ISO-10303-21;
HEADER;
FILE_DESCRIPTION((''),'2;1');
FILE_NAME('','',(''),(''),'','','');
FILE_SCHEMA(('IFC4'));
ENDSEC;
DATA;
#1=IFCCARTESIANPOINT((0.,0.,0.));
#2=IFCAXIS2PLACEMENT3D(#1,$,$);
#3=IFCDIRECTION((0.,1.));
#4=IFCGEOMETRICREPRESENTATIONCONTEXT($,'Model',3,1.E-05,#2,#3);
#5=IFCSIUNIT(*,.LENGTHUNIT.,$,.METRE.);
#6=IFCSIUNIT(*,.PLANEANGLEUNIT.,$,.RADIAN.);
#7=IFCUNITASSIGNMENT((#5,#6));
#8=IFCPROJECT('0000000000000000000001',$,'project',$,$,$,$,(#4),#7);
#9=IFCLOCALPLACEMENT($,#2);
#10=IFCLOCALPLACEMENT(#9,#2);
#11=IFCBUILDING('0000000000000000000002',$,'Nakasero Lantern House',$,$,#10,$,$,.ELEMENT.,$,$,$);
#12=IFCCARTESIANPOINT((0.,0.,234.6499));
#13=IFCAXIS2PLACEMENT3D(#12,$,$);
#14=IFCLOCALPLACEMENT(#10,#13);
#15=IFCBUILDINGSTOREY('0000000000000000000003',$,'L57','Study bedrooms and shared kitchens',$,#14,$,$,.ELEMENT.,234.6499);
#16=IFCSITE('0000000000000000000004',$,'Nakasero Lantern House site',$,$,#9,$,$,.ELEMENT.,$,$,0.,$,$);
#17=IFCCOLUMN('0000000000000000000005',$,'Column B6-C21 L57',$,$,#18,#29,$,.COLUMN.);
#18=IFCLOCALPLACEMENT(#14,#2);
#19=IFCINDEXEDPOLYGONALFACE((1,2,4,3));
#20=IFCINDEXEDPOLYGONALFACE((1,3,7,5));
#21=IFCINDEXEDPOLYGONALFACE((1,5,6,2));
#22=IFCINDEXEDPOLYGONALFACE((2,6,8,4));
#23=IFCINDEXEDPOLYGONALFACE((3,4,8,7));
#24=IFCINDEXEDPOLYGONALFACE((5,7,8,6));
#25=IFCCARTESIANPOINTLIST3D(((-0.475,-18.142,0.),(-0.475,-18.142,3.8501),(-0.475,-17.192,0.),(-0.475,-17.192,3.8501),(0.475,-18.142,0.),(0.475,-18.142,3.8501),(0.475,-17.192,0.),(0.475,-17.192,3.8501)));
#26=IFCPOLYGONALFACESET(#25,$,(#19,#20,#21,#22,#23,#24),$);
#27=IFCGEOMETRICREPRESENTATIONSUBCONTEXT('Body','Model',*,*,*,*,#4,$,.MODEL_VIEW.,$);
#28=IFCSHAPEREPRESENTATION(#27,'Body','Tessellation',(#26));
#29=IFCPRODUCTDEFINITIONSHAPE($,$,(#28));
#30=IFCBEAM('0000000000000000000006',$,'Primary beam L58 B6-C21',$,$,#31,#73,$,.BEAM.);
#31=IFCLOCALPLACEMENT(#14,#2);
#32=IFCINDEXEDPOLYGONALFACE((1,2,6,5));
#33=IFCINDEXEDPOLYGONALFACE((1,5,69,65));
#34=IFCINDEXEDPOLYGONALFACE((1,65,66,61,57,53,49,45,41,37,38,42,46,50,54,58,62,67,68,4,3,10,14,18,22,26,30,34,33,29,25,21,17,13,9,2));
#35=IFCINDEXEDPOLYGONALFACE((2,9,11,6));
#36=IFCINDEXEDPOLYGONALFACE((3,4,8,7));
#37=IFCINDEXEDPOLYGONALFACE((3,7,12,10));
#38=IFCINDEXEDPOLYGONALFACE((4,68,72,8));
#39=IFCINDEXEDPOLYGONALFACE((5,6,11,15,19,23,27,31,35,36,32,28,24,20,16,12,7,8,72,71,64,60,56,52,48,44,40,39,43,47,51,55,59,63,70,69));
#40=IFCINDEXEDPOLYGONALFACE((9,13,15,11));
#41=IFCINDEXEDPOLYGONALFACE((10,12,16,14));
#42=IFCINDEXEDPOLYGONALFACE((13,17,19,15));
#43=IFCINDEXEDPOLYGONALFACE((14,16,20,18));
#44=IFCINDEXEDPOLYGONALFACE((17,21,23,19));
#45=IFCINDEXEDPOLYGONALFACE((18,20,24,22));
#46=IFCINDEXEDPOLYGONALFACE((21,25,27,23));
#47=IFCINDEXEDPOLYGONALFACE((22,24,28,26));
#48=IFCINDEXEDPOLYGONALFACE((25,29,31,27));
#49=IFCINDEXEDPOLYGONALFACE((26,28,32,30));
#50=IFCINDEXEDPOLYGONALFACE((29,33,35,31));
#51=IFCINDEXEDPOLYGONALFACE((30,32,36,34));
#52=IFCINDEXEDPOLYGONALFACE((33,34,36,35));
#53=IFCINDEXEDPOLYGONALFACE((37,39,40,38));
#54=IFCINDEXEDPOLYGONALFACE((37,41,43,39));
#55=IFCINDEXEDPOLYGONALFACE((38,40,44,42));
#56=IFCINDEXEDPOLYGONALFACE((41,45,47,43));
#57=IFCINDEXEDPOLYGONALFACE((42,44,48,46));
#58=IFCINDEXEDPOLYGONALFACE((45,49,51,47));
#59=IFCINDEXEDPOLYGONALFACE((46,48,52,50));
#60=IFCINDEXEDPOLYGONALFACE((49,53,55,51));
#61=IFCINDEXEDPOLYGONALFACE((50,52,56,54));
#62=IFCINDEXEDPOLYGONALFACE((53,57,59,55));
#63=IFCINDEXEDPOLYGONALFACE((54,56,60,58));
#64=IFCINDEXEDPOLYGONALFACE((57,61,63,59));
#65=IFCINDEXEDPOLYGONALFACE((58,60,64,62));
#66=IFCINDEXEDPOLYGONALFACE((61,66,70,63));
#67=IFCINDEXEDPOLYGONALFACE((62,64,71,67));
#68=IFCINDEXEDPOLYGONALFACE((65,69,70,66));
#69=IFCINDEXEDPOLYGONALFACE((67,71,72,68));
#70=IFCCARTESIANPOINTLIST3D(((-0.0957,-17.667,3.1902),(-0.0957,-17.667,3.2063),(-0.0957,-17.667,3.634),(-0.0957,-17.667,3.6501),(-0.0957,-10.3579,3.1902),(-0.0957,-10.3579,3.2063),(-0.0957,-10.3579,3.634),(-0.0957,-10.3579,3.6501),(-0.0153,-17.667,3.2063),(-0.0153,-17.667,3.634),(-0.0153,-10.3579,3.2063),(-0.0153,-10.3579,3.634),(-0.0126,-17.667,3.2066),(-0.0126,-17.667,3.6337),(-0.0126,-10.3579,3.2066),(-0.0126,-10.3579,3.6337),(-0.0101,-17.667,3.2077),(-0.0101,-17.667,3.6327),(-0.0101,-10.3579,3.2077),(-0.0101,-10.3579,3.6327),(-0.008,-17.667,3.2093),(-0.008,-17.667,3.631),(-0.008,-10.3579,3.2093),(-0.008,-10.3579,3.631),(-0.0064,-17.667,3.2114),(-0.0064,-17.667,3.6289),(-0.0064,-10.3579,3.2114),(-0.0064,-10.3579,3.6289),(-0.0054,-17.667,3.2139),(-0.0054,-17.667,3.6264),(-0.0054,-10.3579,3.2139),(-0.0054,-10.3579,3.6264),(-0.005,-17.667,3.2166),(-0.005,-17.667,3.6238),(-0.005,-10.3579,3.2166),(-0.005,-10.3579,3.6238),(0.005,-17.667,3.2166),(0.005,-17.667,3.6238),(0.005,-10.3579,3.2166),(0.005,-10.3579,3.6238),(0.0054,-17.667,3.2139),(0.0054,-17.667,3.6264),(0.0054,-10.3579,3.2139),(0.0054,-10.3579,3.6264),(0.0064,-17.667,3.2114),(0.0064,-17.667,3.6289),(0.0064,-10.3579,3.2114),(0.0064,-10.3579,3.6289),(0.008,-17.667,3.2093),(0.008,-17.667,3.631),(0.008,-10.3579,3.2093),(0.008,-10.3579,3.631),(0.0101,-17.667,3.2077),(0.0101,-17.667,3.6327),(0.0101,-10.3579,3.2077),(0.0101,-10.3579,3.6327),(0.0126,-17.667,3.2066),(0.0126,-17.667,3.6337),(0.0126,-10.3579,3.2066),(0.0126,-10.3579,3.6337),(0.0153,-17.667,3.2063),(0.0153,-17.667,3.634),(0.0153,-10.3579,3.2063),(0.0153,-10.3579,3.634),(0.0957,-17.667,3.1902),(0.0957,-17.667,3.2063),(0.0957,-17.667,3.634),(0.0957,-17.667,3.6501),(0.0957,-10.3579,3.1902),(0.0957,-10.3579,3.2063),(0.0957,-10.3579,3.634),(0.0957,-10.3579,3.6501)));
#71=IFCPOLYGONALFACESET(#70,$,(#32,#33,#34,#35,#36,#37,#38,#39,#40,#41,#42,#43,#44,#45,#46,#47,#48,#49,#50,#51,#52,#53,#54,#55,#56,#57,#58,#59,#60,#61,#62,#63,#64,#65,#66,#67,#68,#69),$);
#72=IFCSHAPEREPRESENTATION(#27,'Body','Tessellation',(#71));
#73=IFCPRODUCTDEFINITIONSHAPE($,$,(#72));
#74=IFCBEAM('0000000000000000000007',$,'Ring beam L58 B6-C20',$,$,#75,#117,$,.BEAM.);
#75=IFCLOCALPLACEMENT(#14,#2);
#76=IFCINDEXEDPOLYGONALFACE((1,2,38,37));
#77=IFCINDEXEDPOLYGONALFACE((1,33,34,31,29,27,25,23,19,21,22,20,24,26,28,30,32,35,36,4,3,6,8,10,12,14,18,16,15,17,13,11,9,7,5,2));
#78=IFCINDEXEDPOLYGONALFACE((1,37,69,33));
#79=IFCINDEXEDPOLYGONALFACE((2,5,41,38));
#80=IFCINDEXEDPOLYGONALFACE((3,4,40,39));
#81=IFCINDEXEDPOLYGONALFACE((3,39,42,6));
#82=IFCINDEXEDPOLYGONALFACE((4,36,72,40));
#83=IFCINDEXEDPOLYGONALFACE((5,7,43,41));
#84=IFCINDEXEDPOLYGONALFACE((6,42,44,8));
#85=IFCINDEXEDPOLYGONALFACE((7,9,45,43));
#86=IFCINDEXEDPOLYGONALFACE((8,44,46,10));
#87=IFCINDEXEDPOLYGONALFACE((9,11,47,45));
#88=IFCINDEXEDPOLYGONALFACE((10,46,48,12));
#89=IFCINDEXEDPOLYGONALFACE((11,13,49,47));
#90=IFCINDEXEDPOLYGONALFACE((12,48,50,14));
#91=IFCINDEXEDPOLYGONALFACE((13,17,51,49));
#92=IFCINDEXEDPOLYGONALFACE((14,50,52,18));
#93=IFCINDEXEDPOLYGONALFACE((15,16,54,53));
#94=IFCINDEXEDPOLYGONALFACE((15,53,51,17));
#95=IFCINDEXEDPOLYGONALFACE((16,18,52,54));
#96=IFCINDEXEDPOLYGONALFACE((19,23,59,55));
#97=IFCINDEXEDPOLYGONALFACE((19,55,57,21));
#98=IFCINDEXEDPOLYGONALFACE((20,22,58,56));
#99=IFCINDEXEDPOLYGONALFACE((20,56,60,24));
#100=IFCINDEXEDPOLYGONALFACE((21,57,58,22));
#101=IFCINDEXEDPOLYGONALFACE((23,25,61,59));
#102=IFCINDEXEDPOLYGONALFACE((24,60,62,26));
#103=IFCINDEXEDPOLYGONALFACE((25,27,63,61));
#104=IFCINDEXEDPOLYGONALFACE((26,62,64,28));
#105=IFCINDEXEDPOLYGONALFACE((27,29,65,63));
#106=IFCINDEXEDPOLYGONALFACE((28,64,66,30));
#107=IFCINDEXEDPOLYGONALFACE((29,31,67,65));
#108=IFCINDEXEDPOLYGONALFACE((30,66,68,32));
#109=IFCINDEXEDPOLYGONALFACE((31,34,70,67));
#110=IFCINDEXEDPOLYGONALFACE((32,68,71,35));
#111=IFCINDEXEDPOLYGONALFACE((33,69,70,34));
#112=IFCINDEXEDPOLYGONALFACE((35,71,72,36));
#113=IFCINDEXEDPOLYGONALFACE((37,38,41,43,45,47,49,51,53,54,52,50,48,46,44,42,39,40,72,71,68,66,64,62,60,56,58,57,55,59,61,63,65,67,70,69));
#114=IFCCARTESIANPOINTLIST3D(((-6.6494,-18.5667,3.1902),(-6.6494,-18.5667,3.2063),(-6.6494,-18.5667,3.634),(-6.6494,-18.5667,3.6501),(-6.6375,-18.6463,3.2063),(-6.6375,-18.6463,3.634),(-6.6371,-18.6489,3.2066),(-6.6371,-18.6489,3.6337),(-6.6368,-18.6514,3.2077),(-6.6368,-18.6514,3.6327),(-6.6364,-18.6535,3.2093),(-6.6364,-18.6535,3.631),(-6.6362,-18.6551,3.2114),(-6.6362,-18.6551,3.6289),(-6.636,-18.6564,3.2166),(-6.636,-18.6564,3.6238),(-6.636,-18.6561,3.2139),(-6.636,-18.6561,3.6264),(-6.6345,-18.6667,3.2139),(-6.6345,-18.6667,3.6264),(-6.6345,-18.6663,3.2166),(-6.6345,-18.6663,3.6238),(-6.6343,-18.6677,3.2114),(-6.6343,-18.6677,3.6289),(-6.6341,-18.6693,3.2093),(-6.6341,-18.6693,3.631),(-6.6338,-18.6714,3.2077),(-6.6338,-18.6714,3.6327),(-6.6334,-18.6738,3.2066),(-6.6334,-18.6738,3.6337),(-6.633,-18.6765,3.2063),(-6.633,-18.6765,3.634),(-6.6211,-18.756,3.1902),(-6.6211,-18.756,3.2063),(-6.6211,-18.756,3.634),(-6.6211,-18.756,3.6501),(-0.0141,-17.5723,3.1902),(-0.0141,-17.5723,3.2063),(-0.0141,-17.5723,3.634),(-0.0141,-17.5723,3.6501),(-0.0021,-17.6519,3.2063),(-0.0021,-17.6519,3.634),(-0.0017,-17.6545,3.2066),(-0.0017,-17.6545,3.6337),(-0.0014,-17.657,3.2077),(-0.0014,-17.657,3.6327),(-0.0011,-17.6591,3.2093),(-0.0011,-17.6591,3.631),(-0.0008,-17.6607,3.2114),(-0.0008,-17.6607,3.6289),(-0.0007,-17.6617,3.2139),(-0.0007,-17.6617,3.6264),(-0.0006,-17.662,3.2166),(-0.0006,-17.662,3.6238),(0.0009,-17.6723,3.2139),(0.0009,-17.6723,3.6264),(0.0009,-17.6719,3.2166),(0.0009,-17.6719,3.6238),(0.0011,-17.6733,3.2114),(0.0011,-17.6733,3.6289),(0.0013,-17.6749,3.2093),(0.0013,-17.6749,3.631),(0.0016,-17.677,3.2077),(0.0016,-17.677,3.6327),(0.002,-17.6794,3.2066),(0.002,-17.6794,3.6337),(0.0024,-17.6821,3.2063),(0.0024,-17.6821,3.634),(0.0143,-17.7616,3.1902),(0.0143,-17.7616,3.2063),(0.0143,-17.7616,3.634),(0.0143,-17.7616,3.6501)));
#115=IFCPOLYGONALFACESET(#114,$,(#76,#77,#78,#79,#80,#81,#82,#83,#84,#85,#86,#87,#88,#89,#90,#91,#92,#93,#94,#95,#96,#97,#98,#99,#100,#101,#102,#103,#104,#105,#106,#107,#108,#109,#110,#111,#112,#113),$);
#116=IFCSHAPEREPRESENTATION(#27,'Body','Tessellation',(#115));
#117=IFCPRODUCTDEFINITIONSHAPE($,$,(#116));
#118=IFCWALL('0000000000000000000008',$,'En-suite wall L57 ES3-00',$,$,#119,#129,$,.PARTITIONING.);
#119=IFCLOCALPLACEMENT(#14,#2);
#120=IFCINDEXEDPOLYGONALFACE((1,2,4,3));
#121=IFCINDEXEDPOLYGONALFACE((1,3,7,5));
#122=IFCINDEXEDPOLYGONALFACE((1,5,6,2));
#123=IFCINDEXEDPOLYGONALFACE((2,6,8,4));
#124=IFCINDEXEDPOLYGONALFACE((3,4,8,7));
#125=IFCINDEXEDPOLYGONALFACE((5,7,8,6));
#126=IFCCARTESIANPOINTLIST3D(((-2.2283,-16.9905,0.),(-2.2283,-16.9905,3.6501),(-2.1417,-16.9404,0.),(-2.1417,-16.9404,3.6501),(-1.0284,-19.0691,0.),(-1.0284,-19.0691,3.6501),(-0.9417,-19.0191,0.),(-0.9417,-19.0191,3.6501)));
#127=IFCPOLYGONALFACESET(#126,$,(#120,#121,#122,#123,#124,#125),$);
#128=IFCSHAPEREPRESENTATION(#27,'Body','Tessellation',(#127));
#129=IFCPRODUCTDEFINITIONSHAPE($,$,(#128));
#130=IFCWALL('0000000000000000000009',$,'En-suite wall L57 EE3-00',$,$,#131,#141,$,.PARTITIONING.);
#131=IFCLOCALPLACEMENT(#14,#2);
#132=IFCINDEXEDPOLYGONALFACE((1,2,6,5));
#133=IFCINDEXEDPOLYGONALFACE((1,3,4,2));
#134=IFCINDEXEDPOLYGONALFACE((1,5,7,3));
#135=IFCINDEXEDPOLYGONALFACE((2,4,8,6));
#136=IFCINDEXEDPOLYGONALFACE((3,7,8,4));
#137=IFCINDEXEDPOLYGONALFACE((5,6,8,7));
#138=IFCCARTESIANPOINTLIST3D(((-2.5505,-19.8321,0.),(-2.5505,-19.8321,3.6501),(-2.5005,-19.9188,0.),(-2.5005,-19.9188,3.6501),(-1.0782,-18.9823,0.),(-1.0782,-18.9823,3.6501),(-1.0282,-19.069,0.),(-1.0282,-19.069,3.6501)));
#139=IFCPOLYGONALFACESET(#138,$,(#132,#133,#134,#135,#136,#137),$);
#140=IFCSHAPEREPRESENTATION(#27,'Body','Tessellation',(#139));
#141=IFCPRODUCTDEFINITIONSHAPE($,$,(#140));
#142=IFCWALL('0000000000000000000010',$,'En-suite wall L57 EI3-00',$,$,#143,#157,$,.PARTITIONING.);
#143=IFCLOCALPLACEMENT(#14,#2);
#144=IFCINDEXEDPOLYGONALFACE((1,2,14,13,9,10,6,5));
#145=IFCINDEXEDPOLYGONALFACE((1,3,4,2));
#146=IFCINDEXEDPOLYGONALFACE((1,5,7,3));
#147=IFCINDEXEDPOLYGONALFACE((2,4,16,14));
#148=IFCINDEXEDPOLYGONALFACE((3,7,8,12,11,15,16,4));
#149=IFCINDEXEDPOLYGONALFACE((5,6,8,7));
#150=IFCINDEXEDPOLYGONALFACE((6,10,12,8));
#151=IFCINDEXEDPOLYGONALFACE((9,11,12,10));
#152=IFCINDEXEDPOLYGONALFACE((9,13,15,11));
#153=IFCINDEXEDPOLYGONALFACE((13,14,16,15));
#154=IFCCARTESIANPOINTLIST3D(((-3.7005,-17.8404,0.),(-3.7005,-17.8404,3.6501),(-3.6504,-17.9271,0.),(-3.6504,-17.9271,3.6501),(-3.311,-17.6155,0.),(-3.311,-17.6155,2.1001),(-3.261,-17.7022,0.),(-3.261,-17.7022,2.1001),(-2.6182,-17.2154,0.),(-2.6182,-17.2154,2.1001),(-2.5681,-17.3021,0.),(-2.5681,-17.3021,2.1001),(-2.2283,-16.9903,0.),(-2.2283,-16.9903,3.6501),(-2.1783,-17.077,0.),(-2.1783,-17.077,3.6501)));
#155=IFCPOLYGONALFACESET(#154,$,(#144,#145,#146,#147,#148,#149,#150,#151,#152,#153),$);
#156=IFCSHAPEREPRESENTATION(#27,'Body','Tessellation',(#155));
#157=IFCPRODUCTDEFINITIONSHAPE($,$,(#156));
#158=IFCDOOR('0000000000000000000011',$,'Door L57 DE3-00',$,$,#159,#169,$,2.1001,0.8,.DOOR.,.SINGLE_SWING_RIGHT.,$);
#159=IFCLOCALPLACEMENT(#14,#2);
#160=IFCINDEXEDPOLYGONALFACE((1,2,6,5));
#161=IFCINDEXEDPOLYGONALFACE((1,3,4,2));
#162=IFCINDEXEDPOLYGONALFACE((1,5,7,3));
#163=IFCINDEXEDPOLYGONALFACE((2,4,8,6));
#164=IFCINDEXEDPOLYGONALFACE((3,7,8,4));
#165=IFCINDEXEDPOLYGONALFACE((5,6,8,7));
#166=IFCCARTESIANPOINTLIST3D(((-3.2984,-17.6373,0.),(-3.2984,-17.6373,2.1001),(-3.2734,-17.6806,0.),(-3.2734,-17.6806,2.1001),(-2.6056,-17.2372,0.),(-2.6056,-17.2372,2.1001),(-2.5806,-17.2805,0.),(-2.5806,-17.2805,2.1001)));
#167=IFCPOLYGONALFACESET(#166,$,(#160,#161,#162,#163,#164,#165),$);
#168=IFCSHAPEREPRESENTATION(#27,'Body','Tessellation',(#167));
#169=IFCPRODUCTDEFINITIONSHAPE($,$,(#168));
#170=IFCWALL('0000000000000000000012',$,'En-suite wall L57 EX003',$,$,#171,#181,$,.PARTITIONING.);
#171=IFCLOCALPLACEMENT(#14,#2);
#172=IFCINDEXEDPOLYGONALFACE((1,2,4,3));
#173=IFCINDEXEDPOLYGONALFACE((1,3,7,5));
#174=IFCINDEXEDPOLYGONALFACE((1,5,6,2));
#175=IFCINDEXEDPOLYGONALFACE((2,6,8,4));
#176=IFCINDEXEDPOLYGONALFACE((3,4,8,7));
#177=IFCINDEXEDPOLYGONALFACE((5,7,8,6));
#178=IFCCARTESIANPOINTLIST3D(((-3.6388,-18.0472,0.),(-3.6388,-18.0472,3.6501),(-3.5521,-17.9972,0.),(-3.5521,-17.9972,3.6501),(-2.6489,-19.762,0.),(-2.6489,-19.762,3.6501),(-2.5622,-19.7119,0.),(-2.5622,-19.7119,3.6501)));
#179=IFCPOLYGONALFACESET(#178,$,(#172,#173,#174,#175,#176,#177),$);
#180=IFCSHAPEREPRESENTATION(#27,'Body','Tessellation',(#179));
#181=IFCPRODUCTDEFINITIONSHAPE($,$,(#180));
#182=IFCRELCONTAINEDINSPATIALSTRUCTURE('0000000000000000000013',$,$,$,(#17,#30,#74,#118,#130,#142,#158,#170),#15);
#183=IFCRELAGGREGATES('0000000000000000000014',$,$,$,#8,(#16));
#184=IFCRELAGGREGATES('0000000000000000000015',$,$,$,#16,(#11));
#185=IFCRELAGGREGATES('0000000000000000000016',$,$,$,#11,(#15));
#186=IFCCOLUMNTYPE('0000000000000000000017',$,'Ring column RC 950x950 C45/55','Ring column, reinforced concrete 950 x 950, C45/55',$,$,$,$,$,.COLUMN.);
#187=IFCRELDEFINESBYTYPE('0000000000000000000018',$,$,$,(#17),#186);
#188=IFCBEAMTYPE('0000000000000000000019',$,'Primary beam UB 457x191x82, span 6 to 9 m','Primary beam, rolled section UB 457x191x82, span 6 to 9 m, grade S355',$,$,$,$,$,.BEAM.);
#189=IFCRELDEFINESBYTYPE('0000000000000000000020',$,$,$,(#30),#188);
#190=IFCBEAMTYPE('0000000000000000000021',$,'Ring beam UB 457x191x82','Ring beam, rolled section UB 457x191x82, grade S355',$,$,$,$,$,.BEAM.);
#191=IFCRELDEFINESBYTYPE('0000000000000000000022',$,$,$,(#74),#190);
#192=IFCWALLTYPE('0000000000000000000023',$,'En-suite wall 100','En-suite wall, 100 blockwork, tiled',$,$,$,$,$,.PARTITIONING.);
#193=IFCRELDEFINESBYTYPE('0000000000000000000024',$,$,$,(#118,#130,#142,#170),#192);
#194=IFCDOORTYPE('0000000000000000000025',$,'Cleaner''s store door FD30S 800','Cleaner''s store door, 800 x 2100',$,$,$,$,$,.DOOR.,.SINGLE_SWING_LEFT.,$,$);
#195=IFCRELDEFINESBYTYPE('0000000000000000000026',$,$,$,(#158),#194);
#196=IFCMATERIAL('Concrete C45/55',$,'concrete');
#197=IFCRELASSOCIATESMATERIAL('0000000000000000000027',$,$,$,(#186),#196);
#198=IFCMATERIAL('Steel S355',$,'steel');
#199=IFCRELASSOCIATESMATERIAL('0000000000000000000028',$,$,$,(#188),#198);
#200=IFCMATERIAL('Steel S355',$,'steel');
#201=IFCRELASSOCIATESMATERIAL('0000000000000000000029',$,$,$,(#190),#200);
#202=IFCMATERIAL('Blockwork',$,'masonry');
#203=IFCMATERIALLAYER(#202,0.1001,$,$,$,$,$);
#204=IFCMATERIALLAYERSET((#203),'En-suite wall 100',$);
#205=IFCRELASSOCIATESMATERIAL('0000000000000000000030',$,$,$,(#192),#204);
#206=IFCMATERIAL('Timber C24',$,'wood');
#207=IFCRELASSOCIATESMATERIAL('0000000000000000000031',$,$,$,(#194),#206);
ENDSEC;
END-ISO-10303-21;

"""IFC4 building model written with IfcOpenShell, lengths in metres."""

from ifc_helpers import new_model, si_unit, direction, frame, frame_2d, origin, origin_2d, place, context, subcontext, project, spatial, rectangle, i_section, extrude, material, layer, layer_set, material_profile, profile_set, type_object, element, fill, save


model = new_model("IFC4")

# Units and contexts
model_context = context("Model", 3, precision=1e-05, world=origin(), true_north=direction((0.0, 1.0)))
body_context = subcontext(model_context, "Body", "Model", "MODEL_VIEW")
ifc_project = project(units=[si_unit("LENGTHUNIT", "METRE"), si_unit("PLANEANGLEUNIT", "RADIAN")], contexts=[model_context])

# Site, building, storey
site_placement = place(None, origin())
site = spatial("IfcSite", under=ifc_project, at=site_placement, Name="Nakasero Lantern House site", CompositionType="ELEMENT", RefElevation=0.0)
building_placement = place(site_placement, origin())
building = spatial("IfcBuilding", under=site, at=building_placement, Name="Nakasero Lantern House", CompositionType="ELEMENT")
storey_placement = place(building_placement, frame((0.0, 0.0, 234.6499)))
storey = spatial("IfcBuildingStorey", under=building, at=storey_placement, Name="L57", Description="Study bedrooms and shared kitchens", CompositionType="ELEMENT", Elevation=234.6499)

# Column
ifc_material_1 = material(Name="Concrete C45/55", Category="concrete")
ifc_material_profile_1 = material_profile(ifc_material_1, rectangle(XDim=0.95, YDim=0.95, at=origin_2d()), Name="RC 950x950")
ifc_profile_set_1 = profile_set([ifc_material_profile_1], Name="Concrete C45/55")
column_type = type_object("IfcColumnType", Name="Ring column RC 950x950 C45/55", Description="Ring column, reinforced concrete 950 x 950, C45/55", PredefinedType="COLUMN", material=ifc_profile_set_1)
column_placement = place(storey_placement, frame((0.0, -17.667, 0.0), z_axis=(0.0, 0.0, 1.0), x_axis=(1.0, 0.0, 0.0)))
element("IfcColumn", 1, at=column_placement, inside=storey, type_object=column_type, Name="Column B6-C21 L57", PredefinedType="COLUMN", context=body_context, shape_type="SweptSolid", body=[
    extrude(rectangle(XDim=0.95, YDim=0.95, at=origin_2d()), origin(), (0.0, 0.0, 1.0), 3.8501),
])

# Beams
ifc_material_2 = material(Name="Steel S355", Category="steel")
ifc_material_profile_2 = material_profile(ifc_material_2, i_section(OverallWidth=0.1914, OverallDepth=0.46, WebThickness=0.01, FlangeThickness=0.0161, FilletRadius=0.0103, at=origin_2d()), Name="UB 457x191x82")
ifc_profile_set_2 = profile_set([ifc_material_profile_2], Name="Steel S355")
beam_type_1 = type_object("IfcBeamType", Name="Primary beam UB 457x191x82, span 6 to 9 m", Description="Primary beam, rolled section UB 457x191x82, span 6 to 9 m, grade S355", PredefinedType="BEAM", material=ifc_profile_set_2)
beam_1_placement = place(storey_placement, frame((0.0, -17.667, 3.4202), z_axis=(0.0, 1.0, 0.0), x_axis=(-1.0, 0.0, 0.0)))
element("IfcBeam", 2, at=beam_1_placement, inside=storey, type_object=beam_type_1, Name="Primary beam L58 B6-C21", PredefinedType="BEAM", context=body_context, shape_type="SweptSolid", body=[
    extrude(i_section(OverallWidth=0.1914, OverallDepth=0.46, WebThickness=0.01, FlangeThickness=0.0161, FilletRadius=0.0103, at=origin_2d()), origin(), (0.0, 0.0, 1.0), 7.3091),
])
ifc_material_3 = material(Name="Steel S355", Category="steel")
ifc_material_profile_3 = material_profile(ifc_material_3, i_section(OverallWidth=0.1914, OverallDepth=0.46, WebThickness=0.01, FlangeThickness=0.0161, FilletRadius=0.0103, at=origin_2d()), Name="UB 457x191x82")
ifc_profile_set_3 = profile_set([ifc_material_profile_3], Name="Steel S355")
beam_type_2 = type_object("IfcBeamType", Name="Ring beam UB 457x191x82", Description="Ring beam, rolled section UB 457x191x82, grade S355", PredefinedType="BEAM", material=ifc_profile_set_3)
beam_2_placement = place(storey_placement, frame((-6.6353, -18.6614, 3.4202), z_axis=(0.988956, 0.148209, 0.0), x_axis=(-0.148209, 0.988956, 0.0)))
element("IfcBeam", 3, at=beam_2_placement, inside=storey, type_object=beam_type_2, Name="Ring beam L58 B6-C20", PredefinedType="BEAM", context=body_context, shape_type="SweptSolid", body=[
    extrude(i_section(OverallWidth=0.1914, OverallDepth=0.46, WebThickness=0.01, FlangeThickness=0.0161, FilletRadius=0.0103, at=origin_2d()), origin(), (0.0, 0.0, 1.0), 6.7095),
])

# Walls
ifc_material_4 = material(Name="Blockwork", Category="masonry")
ifc_layer_1 = layer(ifc_material_4, 0.1001)
ifc_layer_set_1 = layer_set([ifc_layer_1], Name="En-suite wall 100")
wall_type_1 = type_object("IfcWallType", Name="En-suite wall 100", Description="En-suite wall, 100 blockwork, tiled", PredefinedType="PARTITIONING", material=ifc_layer_set_1)
wall_1_placement = place(storey_placement, frame((-2.1851, -16.9653, 0.0), z_axis=(0.0, 0.0, 1.0), x_axis=(0.499957, -0.86605, 0.0)))
element("IfcWall", 4, at=wall_1_placement, inside=storey, type_object=wall_type_1, Name="En-suite wall L57 ES3-00", PredefinedType="PARTITIONING", context=body_context, shape_type="SweptSolid", body=[
    extrude(rectangle(XDim=2.4001, YDim=0.1001, at=frame_2d((1.2002, 0.0))), origin(), (0.0, 0.0, 1.0), 3.6501),
])
wall_2_placement = place(storey_placement, frame((-2.5256, -19.8755, 0.0), z_axis=(0.0, 0.0, 1.0), x_axis=(0.866088, 0.499892, 0.0)))
element("IfcWall", 5, at=wall_2_placement, inside=storey, type_object=wall_type_1, Name="En-suite wall L57 EE3-00", PredefinedType="PARTITIONING", context=body_context, shape_type="SweptSolid", body=[
    extrude(rectangle(XDim=1.7, YDim=0.1001, at=frame_2d((0.8501, 0.0))), origin(), (0.0, 0.0, 1.0), 3.6501),
])

# Wall, opening, door
wall_3_placement = place(storey_placement, frame((-3.6755, -17.8838, 0.0), z_axis=(0.0, 0.0, 1.0), x_axis=(0.865989, 0.500062, 0.0)))
wall_3 = element("IfcWall", 6, at=wall_3_placement, inside=storey, type_object=wall_type_1, Name="En-suite wall L57 EI3-00", PredefinedType="PARTITIONING", context=body_context, shape_type="SweptSolid", body=[
    extrude(rectangle(XDim=1.7, YDim=0.1001, at=frame_2d((0.8501, 0.0))), origin(), (0.0, 0.0, 1.0), 3.6501),
])
opening_1_placement = place(wall_3_placement, frame((0.45, 0.0, 0.0)))
opening_1 = element("IfcOpeningElement", 7, at=opening_1_placement, cuts=wall_3, PredefinedType="OPENING", context=body_context, shape_type="SweptSolid", body=[
    extrude(rectangle(XDim=0.8, YDim=2.1001, at=frame_2d((0.3999, 1.05))), frame((0.0, 0.0701, 0.0), z_axis=(0.0, -1.0, 0.0), x_axis=(1.0, 0.0, 0.0)), (0.0, 0.0, 1.0), 0.1401),
])
ifc_material_5 = material(Name="Timber C24", Category="wood")
door_type_1 = type_object("IfcDoorType", Name="Cleaner's store door FD30S 800", Description="Cleaner's store door, 800 x 2100", OperationType="SINGLE_SWING_LEFT", PredefinedType="DOOR", material=ifc_material_5)
door_1_placement = place(opening_1_placement, origin())
door_1 = element("IfcDoor", 8, at=door_1_placement, inside=storey, type_object=door_type_1, Name="Door L57 DE3-00", OperationType="SINGLE_SWING_RIGHT", OverallHeight=2.1001, OverallWidth=0.8, PredefinedType="DOOR", context=body_context, shape_type="SweptSolid", body=[
    extrude(rectangle(XDim=0.8, YDim=2.1001, at=frame_2d((0.3999, 1.05))), frame((0.0, 0.0249, 0.0), z_axis=(0.0, -1.0, 0.0), x_axis=(1.0, 0.0, 0.0)), (0.0, 0.0, 1.0), 0.05),
])
fill(opening_1, door_1)

# Wall
wall_4_placement = place(storey_placement, frame((-3.5955, -18.0222, 0.0), z_axis=(0.0, 0.0, 1.0), x_axis=(0.499971, -0.866042, 0.0)))
element("IfcWall", 9, at=wall_4_placement, inside=storey, type_object=wall_type_1, Name="En-suite wall L57 EX003", PredefinedType="PARTITIONING", context=body_context, shape_type="SweptSolid", body=[
    extrude(rectangle(XDim=1.98, YDim=0.1001, at=frame_2d((0.99, 0.0))), origin(), (0.0, 0.0, 1.0), 3.6501),
])

save(model, "model.ifc")
